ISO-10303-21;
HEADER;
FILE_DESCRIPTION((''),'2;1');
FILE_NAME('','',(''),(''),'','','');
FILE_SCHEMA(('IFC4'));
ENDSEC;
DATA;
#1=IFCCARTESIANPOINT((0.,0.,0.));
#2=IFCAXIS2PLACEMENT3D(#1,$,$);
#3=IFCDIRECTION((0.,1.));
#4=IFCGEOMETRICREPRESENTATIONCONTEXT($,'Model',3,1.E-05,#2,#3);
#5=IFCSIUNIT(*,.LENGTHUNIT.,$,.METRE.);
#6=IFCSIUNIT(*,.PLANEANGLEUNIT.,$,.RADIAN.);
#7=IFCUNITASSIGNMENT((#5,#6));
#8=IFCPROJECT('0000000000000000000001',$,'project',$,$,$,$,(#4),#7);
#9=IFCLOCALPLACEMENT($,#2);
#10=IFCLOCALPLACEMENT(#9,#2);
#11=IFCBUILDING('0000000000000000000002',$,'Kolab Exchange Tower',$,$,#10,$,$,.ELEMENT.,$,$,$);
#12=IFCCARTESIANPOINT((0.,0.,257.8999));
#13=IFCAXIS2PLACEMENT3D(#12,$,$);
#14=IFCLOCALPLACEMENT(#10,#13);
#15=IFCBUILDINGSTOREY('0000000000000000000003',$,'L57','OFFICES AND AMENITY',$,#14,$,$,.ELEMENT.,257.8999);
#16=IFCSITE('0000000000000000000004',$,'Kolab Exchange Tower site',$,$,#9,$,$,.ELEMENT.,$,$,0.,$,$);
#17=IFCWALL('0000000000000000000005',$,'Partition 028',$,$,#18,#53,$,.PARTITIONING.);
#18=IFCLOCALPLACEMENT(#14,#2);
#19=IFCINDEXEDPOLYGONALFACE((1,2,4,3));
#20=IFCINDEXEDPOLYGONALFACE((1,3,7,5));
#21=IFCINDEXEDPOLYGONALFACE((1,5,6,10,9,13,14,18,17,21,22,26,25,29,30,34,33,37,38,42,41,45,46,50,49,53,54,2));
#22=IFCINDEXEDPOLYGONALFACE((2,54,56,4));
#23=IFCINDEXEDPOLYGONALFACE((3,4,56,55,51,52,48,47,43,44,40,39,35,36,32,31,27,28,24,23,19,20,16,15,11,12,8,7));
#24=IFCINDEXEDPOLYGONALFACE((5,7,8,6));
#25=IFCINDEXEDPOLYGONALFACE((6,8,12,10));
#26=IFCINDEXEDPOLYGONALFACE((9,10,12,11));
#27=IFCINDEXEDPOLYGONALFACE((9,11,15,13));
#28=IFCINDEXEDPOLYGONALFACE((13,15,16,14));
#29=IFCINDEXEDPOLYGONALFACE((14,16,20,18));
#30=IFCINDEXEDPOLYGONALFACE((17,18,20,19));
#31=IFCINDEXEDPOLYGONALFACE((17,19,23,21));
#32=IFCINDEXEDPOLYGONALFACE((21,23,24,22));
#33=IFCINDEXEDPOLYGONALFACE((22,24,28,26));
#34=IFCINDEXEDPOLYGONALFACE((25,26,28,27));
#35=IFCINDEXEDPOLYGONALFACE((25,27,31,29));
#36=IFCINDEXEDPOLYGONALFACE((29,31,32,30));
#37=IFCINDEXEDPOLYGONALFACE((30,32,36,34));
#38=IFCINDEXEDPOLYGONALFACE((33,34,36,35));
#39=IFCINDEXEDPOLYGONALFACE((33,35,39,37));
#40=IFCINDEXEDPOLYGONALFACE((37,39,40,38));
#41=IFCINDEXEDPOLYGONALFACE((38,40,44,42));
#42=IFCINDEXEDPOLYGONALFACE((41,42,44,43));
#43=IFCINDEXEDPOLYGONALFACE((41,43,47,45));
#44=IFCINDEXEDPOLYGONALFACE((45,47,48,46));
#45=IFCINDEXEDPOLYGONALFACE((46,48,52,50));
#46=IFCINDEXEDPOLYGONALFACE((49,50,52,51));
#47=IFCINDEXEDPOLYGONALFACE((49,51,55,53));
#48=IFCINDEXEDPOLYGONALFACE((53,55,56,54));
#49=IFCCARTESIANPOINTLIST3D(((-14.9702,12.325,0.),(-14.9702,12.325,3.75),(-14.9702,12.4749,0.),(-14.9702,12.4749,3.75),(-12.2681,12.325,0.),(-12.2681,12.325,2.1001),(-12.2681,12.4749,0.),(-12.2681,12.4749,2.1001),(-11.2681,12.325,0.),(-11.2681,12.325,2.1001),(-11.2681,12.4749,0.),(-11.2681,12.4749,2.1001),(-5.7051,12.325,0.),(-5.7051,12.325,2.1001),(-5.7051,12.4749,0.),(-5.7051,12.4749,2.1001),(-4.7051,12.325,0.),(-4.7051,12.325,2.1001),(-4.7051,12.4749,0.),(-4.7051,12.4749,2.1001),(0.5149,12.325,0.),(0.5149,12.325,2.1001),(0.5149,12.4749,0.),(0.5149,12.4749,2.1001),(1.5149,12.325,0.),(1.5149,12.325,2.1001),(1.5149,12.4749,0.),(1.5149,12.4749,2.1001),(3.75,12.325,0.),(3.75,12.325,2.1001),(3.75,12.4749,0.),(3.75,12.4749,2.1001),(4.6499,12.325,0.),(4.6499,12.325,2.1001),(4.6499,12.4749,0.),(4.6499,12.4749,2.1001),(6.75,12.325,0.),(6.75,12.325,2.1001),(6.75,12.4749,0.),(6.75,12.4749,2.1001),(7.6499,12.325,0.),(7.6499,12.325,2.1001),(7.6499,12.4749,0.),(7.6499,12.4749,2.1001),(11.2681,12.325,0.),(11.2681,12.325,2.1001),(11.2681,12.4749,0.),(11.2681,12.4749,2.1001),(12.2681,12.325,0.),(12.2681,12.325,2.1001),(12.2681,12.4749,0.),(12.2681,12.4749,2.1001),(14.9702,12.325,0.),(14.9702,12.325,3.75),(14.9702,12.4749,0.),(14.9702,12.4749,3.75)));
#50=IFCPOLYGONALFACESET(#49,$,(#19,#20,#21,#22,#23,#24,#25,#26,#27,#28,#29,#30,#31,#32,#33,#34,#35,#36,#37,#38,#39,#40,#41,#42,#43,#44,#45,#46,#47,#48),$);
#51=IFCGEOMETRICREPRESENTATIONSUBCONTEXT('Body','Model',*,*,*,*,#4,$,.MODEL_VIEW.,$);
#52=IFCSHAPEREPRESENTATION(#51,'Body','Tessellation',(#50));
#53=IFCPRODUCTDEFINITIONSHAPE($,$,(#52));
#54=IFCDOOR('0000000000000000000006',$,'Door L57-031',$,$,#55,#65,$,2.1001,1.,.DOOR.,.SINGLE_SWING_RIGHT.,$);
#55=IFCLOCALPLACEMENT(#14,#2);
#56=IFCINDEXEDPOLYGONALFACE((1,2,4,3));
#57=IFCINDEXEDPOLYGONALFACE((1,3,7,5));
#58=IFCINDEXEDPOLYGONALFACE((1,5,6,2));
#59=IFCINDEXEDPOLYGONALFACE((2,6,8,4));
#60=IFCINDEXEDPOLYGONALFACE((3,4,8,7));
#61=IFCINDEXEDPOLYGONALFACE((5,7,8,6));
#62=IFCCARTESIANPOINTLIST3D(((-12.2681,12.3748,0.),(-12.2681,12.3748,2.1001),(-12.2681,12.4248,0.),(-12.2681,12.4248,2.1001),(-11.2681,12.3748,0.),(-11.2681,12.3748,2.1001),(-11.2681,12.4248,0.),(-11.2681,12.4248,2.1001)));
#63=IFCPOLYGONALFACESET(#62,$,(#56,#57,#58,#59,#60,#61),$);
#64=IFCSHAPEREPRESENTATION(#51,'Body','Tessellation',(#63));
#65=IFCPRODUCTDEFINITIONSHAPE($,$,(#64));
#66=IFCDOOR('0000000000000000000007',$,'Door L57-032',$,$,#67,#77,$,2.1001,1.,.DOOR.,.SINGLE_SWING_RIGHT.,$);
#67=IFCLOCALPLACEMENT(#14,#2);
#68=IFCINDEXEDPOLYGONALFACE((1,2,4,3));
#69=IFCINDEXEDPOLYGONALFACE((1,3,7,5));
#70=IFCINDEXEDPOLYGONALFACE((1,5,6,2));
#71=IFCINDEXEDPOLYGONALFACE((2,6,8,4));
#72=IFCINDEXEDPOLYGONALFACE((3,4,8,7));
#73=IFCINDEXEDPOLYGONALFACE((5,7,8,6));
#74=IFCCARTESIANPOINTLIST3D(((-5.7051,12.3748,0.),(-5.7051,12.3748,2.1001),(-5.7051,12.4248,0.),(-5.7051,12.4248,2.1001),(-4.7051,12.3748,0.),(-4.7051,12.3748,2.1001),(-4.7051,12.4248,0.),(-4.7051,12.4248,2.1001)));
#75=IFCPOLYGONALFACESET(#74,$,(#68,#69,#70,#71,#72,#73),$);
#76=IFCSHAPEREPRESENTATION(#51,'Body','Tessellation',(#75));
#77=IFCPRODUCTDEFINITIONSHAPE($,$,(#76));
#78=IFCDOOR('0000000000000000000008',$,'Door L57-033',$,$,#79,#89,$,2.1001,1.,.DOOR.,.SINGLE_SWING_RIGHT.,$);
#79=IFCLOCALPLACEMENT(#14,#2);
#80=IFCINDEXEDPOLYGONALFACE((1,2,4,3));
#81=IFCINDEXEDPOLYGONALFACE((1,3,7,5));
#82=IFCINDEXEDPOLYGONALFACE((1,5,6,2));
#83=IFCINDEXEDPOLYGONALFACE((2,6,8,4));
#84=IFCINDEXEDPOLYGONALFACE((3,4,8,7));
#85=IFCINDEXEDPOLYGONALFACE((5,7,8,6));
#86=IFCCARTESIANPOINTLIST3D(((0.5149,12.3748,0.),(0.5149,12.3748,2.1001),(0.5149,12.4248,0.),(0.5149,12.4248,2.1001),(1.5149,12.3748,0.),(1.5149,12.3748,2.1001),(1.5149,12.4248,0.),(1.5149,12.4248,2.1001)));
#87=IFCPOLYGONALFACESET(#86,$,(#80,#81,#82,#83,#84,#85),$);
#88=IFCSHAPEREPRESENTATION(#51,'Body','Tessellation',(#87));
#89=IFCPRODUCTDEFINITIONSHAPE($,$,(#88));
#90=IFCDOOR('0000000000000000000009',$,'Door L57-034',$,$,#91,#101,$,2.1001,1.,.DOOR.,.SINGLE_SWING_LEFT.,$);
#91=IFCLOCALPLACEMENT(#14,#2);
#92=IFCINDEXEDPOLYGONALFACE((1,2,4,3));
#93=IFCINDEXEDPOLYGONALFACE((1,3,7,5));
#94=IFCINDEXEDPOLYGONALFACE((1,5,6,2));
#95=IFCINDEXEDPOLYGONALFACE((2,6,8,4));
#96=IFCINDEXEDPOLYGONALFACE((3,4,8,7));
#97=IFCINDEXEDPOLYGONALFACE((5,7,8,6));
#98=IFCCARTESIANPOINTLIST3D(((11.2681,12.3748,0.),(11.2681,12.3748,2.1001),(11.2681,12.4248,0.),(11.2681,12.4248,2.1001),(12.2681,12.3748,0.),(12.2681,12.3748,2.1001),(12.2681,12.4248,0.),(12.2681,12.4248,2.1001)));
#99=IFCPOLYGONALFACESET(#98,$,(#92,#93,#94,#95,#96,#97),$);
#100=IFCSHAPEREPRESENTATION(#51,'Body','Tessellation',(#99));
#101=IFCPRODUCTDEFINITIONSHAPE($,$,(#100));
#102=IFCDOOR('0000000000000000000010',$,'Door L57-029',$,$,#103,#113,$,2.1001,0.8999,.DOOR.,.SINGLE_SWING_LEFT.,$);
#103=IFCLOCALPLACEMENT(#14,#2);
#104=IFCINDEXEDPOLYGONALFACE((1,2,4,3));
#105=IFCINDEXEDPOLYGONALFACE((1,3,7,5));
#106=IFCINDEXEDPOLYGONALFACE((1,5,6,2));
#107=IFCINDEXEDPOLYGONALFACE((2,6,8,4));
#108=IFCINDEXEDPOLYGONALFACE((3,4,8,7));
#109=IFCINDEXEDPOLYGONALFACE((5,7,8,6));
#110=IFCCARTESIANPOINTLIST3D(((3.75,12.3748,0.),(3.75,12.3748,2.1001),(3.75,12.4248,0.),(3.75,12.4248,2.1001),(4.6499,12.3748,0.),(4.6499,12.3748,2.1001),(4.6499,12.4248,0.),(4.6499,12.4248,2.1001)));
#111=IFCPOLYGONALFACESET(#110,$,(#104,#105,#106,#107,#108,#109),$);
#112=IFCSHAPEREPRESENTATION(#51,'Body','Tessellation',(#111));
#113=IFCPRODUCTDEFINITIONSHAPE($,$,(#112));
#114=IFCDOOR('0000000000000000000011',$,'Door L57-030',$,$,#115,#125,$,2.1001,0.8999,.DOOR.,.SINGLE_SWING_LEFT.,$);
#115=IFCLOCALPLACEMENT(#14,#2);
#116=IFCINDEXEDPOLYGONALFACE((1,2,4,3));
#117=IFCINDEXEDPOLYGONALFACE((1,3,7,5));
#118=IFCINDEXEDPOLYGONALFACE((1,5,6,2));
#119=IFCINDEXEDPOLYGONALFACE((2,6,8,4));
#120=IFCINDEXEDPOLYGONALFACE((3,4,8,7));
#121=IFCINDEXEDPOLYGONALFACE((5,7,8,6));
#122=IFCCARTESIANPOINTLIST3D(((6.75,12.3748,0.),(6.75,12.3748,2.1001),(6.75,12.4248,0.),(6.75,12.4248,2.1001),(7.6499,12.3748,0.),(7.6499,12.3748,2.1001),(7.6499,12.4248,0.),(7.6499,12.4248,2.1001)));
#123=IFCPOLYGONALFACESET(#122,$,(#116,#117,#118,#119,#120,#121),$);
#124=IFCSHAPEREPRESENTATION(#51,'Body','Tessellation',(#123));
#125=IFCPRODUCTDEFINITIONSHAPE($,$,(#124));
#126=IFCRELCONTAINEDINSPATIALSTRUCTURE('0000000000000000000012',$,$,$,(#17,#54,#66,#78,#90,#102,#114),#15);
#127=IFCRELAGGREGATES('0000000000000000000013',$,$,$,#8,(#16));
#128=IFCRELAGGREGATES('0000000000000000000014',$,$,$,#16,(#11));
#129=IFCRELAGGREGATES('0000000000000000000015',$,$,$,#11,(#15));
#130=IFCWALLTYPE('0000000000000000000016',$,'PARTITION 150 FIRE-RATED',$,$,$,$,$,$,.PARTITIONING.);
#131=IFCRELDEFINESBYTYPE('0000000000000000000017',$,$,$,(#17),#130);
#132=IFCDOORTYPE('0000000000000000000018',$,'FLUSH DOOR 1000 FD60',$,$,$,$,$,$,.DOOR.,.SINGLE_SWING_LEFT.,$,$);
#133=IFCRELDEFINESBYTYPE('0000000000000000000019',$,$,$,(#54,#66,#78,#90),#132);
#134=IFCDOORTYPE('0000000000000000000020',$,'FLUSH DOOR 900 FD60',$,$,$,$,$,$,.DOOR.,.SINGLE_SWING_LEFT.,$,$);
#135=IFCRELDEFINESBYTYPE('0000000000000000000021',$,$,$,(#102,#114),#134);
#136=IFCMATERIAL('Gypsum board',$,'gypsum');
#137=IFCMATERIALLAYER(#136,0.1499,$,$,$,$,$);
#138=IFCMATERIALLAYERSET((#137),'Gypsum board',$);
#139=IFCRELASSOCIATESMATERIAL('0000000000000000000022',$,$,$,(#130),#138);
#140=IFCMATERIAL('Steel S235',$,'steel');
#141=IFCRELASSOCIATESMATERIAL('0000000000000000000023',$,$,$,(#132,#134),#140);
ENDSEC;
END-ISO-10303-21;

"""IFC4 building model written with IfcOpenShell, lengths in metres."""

from ifc_helpers import new_model, si_unit, direction, frame, frame_2d, origin, place, context, subcontext, project, spatial, rectangle, extrude, material, layer, layer_set, type_object, element, fill, save


model = new_model("IFC4")

# Units and contexts
model_context = context("Model", 3, precision=1e-05, world=origin(), true_north=direction((0.0, 1.0)))
body_context = subcontext(model_context, "Body", "Model", "MODEL_VIEW")
ifc_project = project(units=[si_unit("LENGTHUNIT", "METRE"), si_unit("PLANEANGLEUNIT", "RADIAN")], contexts=[model_context])

# Site, building, storey
site_placement = place(None, origin())
site = spatial("IfcSite", under=ifc_project, at=site_placement, Name="Kolab Exchange Tower site", CompositionType="ELEMENT", RefElevation=0.0)
building_placement = place(site_placement, origin())
building = spatial("IfcBuilding", under=site, at=building_placement, Name="Kolab Exchange Tower", CompositionType="ELEMENT")
storey_placement = place(building_placement, frame((0.0, 0.0, 257.8999)))
storey = spatial("IfcBuildingStorey", under=building, at=storey_placement, Name="L57", Description="OFFICES AND AMENITY", CompositionType="ELEMENT", Elevation=257.8999)

# Shared definitions
ifc_material_1 = material(Name="Gypsum board", Category="gypsum")
ifc_layer_1 = layer(ifc_material_1, 0.1499)
ifc_layer_set_1 = layer_set([ifc_layer_1], Name="Gypsum board")
wall_type = type_object("IfcWallType", Name="PARTITION 150 FIRE-RATED", PredefinedType="PARTITIONING", material=ifc_layer_set_1)

# Wall, openings, doors
wall_1_placement = place(storey_placement, frame((-14.9702, 12.3999, 0.0), z_axis=(0.0, 0.0, 1.0), x_axis=(1.0, 0.0, 0.0)))
wall_1 = element("IfcWall", 1, at=wall_1_placement, inside=storey, type_object=wall_type, Name="Partition 028", PredefinedType="PARTITIONING", context=body_context, shape_type="SweptSolid", body=[
    extrude(rectangle(XDim=29.9404, YDim=0.1499, at=frame_2d((14.9702, 0.0))), origin(), (0.0, 0.0, 1.0), 3.75),
])
opening_1_placement = place(wall_1_placement, frame((18.7202, 0.0, 0.0)))
opening_1 = element("IfcOpeningElement", 2, at=opening_1_placement, cuts=wall_1, PredefinedType="OPENING", context=body_context, shape_type="SweptSolid", body=[
    extrude(rectangle(XDim=0.8999, YDim=2.1001, at=frame_2d((0.45, 1.05))), frame((0.0, 0.085, 0.0), z_axis=(0.0, -1.0, 0.0), x_axis=(1.0, 0.0, 0.0)), (0.0, 0.0, 1.0), 0.1699),
])
opening_2_placement = place(wall_1_placement, frame((21.7202, 0.0, 0.0)))
opening_2 = element("IfcOpeningElement", 3, at=opening_2_placement, cuts=wall_1, PredefinedType="OPENING", context=body_context, shape_type="SweptSolid", body=[
    extrude(rectangle(XDim=0.8999, YDim=2.1001, at=frame_2d((0.45, 1.05))), frame((0.0, 0.085, 0.0), z_axis=(0.0, -1.0, 0.0), x_axis=(1.0, 0.0, 0.0)), (0.0, 0.0, 1.0), 0.1699),
])
opening_3_placement = place(wall_1_placement, frame((2.7021, 0.0, 0.0)))
opening_3 = element("IfcOpeningElement", 4, at=opening_3_placement, cuts=wall_1, PredefinedType="OPENING", context=body_context, shape_type="SweptSolid", body=[
    extrude(rectangle(XDim=1.0, YDim=2.1001, at=frame_2d((0.5, 1.05))), frame((0.0, 0.085, 0.0), z_axis=(0.0, -1.0, 0.0), x_axis=(1.0, 0.0, 0.0)), (0.0, 0.0, 1.0), 0.1699),
])
opening_4_placement = place(wall_1_placement, frame((9.2651, 0.0, 0.0)))
opening_4 = element("IfcOpeningElement", 5, at=opening_4_placement, cuts=wall_1, PredefinedType="OPENING", context=body_context, shape_type="SweptSolid", body=[
    extrude(rectangle(XDim=1.0, YDim=2.1001, at=frame_2d((0.5, 1.05))), frame((0.0, 0.085, 0.0), z_axis=(0.0, -1.0, 0.0), x_axis=(1.0, 0.0, 0.0)), (0.0, 0.0, 1.0), 0.1699),
])
opening_5_placement = place(wall_1_placement, frame((15.4851, 0.0, 0.0)))
opening_5 = element("IfcOpeningElement", 6, at=opening_5_placement, cuts=wall_1, PredefinedType="OPENING", context=body_context, shape_type="SweptSolid", body=[
    extrude(rectangle(XDim=1.0, YDim=2.1001, at=frame_2d((0.5, 1.05))), frame((0.0, 0.085, 0.0), z_axis=(0.0, -1.0, 0.0), x_axis=(1.0, 0.0, 0.0)), (0.0, 0.0, 1.0), 0.1699),
])
opening_6_placement = place(wall_1_placement, frame((26.2383, 0.0, 0.0)))
opening_6 = element("IfcOpeningElement", 7, at=opening_6_placement, cuts=wall_1, PredefinedType="OPENING", context=body_context, shape_type="SweptSolid", body=[
    extrude(rectangle(XDim=1.0, YDim=2.1001, at=frame_2d((0.5, 1.05))), frame((0.0, 0.085, 0.0), z_axis=(0.0, -1.0, 0.0), x_axis=(1.0, 0.0, 0.0)), (0.0, 0.0, 1.0), 0.1699),
])
ifc_material_2 = material(Name="Steel S235", Category="steel")
door_type_1 = type_object("IfcDoorType", Name="FLUSH DOOR 1000 FD60", OperationType="SINGLE_SWING_LEFT", PredefinedType="DOOR", material=ifc_material_2)
door_1_placement = place(opening_3_placement, origin())
door_1 = element("IfcDoor", 8, at=door_1_placement, inside=storey, type_object=door_type_1, Name="Door L57-031", OperationType="SINGLE_SWING_RIGHT", OverallHeight=2.1001, OverallWidth=1.0, PredefinedType="DOOR", context=body_context, shape_type="SweptSolid", body=[
    extrude(rectangle(XDim=1.0, YDim=2.1001, at=frame_2d((0.5, 1.05))), frame((0.0, 0.0249, 0.0), z_axis=(0.0, -1.0, 0.0), x_axis=(1.0, 0.0, 0.0)), (0.0, 0.0, 1.0), 0.05),
])
fill(opening_3, door_1)
door_2_placement = place(opening_4_placement, origin())
door_2 = element("IfcDoor", 9, at=door_2_placement, inside=storey, type_object=door_type_1, Name="Door L57-032", OperationType="SINGLE_SWING_RIGHT", OverallHeight=2.1001, OverallWidth=1.0, PredefinedType="DOOR", context=body_context, shape_type="SweptSolid", body=[
    extrude(rectangle(XDim=1.0, YDim=2.1001, at=frame_2d((0.5, 1.05))), frame((0.0, 0.0249, 0.0), z_axis=(0.0, -1.0, 0.0), x_axis=(1.0, 0.0, 0.0)), (0.0, 0.0, 1.0), 0.05),
])
fill(opening_4, door_2)
door_3_placement = place(opening_5_placement, origin())
door_3 = element("IfcDoor", 10, at=door_3_placement, inside=storey, type_object=door_type_1, Name="Door L57-033", OperationType="SINGLE_SWING_RIGHT", OverallHeight=2.1001, OverallWidth=1.0, PredefinedType="DOOR", context=body_context, shape_type="SweptSolid", body=[
    extrude(rectangle(XDim=1.0, YDim=2.1001, at=frame_2d((0.5, 1.05))), frame((0.0, 0.0249, 0.0), z_axis=(0.0, -1.0, 0.0), x_axis=(1.0, 0.0, 0.0)), (0.0, 0.0, 1.0), 0.05),
])
fill(opening_5, door_3)
door_4_placement = place(opening_6_placement, origin())
door_4 = element("IfcDoor", 11, at=door_4_placement, inside=storey, type_object=door_type_1, Name="Door L57-034", OperationType="SINGLE_SWING_LEFT", OverallHeight=2.1001, OverallWidth=1.0, PredefinedType="DOOR", context=body_context, shape_type="SweptSolid", body=[
    extrude(rectangle(XDim=1.0, YDim=2.1001, at=frame_2d((0.5, 1.05))), frame((0.0, 0.0249, 0.0), z_axis=(0.0, -1.0, 0.0), x_axis=(1.0, 0.0, 0.0)), (0.0, 0.0, 1.0), 0.05),
])
fill(opening_6, door_4)
door_type_2 = type_object("IfcDoorType", Name="FLUSH DOOR 900 FD60", OperationType="SINGLE_SWING_LEFT", PredefinedType="DOOR", material=ifc_material_2)
door_5_placement = place(opening_1_placement, origin())
door_5 = element("IfcDoor", 12, at=door_5_placement, inside=storey, type_object=door_type_2, Name="Door L57-029", OperationType="SINGLE_SWING_LEFT", OverallHeight=2.1001, OverallWidth=0.8999, PredefinedType="DOOR", context=body_context, shape_type="SweptSolid", body=[
    extrude(rectangle(XDim=0.8999, YDim=2.1001, at=frame_2d((0.45, 1.05))), frame((0.0, 0.0249, 0.0), z_axis=(0.0, -1.0, 0.0), x_axis=(1.0, 0.0, 0.0)), (0.0, 0.0, 1.0), 0.05),
])
fill(opening_1, door_5)
door_6_placement = place(opening_2_placement, origin())
door_6 = element("IfcDoor", 13, at=door_6_placement, inside=storey, type_object=door_type_2, Name="Door L57-030", OperationType="SINGLE_SWING_LEFT", OverallHeight=2.1001, OverallWidth=0.8999, PredefinedType="DOOR", context=body_context, shape_type="SweptSolid", body=[
    extrude(rectangle(XDim=0.8999, YDim=2.1001, at=frame_2d((0.45, 1.05))), frame((0.0, 0.0249, 0.0), z_axis=(0.0, -1.0, 0.0), x_axis=(1.0, 0.0, 0.0)), (0.0, 0.0, 1.0), 0.05),
])
fill(opening_2, door_6)

save(model, "model.ifc")
